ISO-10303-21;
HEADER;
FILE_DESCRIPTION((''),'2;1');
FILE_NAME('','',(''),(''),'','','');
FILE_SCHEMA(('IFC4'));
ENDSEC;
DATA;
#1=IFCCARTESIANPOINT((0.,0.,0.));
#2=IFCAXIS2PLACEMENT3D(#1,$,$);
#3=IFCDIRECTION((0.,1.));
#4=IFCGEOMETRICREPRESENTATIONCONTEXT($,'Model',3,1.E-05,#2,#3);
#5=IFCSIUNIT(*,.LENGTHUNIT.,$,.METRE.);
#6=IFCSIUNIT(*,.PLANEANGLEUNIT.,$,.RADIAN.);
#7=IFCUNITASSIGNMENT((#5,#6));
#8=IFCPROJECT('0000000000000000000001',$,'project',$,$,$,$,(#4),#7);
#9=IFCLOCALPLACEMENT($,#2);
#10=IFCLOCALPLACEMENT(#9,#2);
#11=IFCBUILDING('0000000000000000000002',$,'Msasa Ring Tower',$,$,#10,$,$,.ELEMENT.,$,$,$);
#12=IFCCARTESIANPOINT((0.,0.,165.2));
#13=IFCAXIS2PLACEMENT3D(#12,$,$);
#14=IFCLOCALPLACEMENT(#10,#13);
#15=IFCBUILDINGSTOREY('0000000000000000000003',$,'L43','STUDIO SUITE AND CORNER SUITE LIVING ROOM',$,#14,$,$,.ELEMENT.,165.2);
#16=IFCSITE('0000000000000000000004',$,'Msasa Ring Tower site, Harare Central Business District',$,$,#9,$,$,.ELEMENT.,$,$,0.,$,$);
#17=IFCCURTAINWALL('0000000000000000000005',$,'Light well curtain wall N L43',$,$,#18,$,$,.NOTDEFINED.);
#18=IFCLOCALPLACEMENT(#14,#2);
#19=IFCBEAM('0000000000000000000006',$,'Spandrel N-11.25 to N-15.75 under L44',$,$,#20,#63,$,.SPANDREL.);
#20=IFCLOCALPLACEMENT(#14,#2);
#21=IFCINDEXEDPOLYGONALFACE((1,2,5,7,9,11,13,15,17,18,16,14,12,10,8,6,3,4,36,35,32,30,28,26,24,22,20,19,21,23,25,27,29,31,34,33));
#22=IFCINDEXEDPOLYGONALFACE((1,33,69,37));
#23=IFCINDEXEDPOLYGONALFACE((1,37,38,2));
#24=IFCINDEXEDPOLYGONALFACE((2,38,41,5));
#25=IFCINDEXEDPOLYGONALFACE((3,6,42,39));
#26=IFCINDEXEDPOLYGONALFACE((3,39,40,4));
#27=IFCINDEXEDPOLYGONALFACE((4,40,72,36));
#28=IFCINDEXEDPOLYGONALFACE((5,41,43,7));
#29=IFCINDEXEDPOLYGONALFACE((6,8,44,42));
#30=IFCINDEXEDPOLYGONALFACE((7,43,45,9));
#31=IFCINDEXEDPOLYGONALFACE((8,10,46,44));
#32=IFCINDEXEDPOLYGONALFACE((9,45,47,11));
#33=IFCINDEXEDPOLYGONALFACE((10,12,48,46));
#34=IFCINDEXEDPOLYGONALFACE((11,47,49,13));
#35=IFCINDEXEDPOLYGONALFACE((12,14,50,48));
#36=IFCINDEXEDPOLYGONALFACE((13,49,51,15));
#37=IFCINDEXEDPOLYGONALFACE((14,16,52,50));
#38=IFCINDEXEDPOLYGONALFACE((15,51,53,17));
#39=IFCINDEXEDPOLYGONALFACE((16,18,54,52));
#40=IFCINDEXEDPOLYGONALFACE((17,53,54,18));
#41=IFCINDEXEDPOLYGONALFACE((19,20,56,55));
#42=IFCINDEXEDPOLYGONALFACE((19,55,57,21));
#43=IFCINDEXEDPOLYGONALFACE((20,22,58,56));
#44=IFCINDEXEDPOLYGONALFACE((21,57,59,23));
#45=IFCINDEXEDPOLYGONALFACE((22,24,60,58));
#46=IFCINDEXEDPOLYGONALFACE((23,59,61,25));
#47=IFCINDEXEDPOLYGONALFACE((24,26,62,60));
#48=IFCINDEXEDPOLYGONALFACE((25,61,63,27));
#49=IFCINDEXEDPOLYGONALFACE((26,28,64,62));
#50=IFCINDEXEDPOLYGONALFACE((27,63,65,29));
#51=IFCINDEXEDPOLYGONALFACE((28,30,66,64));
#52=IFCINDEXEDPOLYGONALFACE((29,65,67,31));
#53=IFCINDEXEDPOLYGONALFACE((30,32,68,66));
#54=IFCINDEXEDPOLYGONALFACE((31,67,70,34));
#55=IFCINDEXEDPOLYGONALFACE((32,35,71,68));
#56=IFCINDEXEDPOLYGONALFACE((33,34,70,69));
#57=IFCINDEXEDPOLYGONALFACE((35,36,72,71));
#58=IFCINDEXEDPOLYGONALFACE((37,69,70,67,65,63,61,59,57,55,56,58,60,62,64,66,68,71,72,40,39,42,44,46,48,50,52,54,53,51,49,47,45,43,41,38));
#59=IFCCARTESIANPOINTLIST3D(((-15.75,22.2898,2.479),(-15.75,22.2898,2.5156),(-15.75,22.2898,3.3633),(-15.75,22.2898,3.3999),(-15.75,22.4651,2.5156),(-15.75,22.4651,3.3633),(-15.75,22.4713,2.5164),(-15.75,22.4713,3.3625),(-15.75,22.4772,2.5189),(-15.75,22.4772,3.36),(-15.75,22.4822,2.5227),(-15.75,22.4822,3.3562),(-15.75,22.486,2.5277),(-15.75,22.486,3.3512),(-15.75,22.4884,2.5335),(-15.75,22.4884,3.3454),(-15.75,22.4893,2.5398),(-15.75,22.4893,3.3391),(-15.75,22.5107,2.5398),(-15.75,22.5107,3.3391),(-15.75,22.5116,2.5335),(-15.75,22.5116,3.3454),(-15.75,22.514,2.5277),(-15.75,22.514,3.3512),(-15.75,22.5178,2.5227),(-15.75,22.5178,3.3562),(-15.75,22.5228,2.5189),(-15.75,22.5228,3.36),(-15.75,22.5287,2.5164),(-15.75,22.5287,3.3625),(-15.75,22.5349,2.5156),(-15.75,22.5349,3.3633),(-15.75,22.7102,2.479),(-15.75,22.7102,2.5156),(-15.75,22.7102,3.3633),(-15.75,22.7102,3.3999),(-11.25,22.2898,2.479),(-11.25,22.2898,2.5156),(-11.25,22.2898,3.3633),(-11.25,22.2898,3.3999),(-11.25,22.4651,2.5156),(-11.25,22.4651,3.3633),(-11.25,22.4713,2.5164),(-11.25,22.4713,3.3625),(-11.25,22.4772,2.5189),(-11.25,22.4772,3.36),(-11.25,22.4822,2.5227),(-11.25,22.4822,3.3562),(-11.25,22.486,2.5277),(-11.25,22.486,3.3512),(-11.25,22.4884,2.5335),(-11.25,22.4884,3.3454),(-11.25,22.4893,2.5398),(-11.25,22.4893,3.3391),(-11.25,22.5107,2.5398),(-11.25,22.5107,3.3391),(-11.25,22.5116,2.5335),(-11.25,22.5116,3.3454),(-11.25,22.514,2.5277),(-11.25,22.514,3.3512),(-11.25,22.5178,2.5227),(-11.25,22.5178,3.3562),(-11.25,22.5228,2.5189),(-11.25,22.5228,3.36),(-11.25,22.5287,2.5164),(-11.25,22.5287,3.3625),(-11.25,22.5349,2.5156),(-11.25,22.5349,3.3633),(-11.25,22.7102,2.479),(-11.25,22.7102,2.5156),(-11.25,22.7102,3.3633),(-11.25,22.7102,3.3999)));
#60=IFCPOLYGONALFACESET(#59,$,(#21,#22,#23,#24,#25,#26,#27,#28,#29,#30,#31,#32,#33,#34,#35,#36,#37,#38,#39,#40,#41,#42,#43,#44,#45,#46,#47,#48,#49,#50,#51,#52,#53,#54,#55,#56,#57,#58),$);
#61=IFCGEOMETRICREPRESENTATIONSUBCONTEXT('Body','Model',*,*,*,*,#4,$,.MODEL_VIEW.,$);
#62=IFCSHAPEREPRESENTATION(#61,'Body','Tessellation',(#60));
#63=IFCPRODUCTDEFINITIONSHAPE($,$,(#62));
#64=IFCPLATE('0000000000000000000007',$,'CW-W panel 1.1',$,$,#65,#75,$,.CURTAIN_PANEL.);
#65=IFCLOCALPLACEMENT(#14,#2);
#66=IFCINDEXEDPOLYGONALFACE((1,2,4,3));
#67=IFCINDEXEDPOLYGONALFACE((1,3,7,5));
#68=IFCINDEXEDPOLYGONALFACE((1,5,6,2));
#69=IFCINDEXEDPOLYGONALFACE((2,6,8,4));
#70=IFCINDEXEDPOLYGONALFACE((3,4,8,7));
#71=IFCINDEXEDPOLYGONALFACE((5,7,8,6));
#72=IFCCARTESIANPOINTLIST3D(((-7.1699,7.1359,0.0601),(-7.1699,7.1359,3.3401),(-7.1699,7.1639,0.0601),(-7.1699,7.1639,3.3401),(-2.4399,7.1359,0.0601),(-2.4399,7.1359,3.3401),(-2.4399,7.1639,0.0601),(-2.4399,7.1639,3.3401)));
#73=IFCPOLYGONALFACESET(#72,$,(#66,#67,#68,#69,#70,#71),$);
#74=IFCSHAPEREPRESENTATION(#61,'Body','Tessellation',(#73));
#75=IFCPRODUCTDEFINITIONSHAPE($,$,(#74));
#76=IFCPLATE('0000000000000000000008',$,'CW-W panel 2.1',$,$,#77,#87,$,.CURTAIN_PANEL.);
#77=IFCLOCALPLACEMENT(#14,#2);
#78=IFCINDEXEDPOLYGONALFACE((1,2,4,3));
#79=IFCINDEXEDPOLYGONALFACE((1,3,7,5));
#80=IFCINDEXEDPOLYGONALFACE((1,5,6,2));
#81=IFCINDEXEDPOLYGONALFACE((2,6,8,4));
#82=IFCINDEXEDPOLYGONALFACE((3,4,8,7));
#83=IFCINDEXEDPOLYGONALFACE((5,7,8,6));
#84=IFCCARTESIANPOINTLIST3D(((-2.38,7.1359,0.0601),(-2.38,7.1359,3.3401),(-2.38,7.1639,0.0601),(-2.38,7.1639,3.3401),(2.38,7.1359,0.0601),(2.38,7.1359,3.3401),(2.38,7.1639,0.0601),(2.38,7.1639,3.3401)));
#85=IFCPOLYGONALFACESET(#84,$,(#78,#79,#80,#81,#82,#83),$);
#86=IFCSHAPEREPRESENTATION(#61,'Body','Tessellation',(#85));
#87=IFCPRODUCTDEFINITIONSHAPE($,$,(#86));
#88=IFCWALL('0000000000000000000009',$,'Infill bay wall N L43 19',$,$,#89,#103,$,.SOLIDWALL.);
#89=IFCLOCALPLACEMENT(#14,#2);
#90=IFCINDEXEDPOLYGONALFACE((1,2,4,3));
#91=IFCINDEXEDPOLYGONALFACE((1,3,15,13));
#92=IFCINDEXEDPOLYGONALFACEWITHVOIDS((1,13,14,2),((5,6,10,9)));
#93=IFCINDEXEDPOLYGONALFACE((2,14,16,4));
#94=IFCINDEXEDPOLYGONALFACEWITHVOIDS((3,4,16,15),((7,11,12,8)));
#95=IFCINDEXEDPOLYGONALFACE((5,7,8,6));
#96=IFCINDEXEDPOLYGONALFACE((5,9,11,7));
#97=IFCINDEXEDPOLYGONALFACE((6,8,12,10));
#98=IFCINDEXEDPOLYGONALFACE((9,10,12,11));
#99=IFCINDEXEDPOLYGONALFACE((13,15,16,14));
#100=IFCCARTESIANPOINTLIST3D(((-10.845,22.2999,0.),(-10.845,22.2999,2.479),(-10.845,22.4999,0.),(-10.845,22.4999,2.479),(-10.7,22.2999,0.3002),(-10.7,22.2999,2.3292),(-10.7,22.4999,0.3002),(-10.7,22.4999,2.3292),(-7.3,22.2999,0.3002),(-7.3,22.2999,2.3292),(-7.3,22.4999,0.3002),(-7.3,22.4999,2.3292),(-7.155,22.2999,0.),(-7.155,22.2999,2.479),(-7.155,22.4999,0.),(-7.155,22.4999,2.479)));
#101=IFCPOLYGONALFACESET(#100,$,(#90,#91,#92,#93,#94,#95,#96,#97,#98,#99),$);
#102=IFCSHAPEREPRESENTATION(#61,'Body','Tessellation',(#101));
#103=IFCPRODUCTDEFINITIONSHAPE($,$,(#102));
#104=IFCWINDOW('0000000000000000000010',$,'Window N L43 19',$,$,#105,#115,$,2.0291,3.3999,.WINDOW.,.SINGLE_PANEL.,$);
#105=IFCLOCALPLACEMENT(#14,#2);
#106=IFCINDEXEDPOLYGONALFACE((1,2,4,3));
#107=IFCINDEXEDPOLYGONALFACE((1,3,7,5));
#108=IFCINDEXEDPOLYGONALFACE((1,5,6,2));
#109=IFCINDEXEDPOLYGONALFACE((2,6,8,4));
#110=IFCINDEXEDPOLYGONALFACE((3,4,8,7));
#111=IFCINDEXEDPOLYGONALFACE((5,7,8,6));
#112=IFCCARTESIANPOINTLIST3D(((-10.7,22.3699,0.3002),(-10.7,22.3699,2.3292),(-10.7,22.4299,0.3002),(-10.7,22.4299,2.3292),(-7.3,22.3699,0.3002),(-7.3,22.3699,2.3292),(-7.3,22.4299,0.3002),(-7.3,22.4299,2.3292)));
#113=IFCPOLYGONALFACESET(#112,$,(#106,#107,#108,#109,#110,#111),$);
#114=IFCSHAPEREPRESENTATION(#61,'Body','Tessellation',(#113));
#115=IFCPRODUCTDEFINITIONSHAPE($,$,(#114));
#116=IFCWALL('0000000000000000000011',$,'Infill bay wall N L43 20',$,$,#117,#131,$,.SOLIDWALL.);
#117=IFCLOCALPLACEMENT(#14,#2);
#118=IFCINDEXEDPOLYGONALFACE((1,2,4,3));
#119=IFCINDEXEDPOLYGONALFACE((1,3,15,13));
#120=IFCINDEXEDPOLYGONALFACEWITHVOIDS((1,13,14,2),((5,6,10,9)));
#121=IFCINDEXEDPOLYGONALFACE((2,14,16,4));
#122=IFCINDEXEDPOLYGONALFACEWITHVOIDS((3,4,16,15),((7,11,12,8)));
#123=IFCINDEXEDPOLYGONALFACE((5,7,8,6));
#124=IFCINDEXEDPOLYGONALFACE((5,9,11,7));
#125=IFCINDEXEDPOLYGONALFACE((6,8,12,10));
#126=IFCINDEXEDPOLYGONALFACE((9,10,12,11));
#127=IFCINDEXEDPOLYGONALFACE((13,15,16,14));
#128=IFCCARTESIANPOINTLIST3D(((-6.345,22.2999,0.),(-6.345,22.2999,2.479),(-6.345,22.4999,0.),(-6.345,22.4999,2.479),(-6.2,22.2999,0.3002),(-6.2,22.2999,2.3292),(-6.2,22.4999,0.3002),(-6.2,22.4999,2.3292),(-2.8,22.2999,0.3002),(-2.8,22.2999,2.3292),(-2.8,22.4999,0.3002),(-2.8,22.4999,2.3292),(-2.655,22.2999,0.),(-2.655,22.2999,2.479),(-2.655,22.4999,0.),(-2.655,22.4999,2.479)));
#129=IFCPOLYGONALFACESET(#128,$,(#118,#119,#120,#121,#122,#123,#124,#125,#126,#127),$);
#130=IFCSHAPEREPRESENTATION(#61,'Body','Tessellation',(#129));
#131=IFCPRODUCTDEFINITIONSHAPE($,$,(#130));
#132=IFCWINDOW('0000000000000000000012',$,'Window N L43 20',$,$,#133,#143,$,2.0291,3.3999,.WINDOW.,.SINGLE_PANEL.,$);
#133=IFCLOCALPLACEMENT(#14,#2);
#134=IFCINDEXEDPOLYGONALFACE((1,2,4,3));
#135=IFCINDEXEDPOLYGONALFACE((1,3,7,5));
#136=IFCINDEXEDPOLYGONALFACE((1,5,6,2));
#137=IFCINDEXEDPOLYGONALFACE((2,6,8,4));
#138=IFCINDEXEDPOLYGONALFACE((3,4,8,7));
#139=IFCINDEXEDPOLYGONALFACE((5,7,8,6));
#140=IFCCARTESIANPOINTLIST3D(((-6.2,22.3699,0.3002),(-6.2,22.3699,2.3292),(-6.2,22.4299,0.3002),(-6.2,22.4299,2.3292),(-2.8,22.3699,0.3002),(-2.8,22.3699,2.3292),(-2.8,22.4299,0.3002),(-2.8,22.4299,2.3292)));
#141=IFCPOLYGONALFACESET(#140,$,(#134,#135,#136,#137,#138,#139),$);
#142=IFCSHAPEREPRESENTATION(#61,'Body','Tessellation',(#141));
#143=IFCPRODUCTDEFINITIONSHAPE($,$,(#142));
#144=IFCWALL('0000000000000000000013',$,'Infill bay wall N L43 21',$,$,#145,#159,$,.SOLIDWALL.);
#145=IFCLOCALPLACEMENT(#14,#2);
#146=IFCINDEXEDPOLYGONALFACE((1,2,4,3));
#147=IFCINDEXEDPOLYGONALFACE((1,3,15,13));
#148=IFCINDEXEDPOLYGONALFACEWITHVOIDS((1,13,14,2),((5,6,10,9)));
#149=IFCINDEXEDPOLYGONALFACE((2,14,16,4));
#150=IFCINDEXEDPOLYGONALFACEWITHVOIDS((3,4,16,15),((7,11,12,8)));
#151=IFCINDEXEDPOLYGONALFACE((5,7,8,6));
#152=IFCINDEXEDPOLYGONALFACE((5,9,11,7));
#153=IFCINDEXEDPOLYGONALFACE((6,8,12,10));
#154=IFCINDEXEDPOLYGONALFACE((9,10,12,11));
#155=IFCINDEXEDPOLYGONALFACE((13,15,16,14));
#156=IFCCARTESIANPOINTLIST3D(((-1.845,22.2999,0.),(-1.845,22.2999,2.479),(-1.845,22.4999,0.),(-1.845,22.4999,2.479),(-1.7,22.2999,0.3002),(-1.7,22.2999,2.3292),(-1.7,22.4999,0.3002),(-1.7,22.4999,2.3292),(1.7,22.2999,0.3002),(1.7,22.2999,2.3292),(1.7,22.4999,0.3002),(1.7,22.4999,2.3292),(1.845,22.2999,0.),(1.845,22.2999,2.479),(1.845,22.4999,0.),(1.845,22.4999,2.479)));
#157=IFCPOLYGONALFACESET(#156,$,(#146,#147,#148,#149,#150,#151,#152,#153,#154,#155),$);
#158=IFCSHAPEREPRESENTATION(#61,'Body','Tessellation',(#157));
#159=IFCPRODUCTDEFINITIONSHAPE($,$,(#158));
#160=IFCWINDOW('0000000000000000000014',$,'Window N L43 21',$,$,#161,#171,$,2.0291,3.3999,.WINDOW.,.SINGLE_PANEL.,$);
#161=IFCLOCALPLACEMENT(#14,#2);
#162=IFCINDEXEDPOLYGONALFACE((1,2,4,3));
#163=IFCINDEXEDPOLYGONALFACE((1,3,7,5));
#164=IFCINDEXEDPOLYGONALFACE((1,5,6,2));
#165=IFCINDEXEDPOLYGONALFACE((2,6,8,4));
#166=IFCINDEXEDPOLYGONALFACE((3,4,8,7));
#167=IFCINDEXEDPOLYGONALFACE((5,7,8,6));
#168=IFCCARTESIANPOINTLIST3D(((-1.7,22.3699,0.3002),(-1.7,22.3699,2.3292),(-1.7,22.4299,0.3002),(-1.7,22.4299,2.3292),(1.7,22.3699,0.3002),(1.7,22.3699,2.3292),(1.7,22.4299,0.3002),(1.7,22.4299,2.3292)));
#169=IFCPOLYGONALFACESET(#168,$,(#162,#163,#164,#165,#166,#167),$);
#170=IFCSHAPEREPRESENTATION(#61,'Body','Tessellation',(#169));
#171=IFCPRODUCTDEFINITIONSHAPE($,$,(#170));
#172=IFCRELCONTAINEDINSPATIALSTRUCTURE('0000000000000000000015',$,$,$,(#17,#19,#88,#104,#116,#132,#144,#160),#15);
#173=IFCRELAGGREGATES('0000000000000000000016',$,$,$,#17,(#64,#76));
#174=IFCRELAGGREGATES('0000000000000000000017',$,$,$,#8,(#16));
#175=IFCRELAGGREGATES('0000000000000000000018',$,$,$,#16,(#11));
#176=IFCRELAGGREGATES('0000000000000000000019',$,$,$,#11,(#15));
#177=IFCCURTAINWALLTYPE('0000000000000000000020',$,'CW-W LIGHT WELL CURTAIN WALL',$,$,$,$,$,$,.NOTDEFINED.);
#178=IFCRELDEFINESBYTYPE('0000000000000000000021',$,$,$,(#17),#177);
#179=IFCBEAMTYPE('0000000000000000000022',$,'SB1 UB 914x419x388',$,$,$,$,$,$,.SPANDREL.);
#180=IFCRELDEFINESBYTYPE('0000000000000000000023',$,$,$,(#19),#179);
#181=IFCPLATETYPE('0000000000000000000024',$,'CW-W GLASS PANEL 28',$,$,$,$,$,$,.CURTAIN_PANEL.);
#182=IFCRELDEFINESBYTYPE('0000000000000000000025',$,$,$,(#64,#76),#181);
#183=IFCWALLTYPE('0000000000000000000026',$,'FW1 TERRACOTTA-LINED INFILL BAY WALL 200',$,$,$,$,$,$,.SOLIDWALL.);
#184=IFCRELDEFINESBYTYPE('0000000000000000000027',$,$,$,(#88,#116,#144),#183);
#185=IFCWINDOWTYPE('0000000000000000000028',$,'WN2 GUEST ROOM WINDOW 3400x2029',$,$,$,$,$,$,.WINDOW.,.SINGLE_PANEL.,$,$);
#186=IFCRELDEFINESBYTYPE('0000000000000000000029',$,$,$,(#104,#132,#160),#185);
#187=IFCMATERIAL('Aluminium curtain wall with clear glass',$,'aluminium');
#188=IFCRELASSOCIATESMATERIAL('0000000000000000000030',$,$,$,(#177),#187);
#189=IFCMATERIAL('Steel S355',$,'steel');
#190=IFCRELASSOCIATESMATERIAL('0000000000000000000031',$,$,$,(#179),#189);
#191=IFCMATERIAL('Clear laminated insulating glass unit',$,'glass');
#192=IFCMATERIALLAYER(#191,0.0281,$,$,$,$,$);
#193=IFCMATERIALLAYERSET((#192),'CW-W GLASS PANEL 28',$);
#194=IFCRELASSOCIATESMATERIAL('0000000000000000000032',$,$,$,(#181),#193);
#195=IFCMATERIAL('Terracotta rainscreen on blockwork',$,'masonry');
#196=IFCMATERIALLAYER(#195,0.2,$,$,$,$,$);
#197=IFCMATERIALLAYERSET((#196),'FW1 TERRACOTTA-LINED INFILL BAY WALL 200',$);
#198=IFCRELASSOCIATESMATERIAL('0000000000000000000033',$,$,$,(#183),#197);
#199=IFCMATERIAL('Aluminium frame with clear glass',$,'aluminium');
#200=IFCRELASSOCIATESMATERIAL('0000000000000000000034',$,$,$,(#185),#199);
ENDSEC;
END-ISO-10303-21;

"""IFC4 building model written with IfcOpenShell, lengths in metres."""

from ifc_helpers import new_model, si_unit, direction, frame, frame_2d, origin, origin_2d, place, context, subcontext, project, spatial, rectangle, i_section, extrude, material, layer, layer_set, material_profile, profile_set, type_object, element, fill, aggregate, save


model = new_model("IFC4")

# Units and contexts
model_context = context("Model", 3, precision=1e-05, world=origin(), true_north=direction((0.0, 1.0)))
body_context = subcontext(model_context, "Body", "Model", "MODEL_VIEW")
ifc_project = project(units=[si_unit("LENGTHUNIT", "METRE"), si_unit("PLANEANGLEUNIT", "RADIAN")], contexts=[model_context])

# Site, building, storey
site_placement = place(None, origin())
site = spatial("IfcSite", under=ifc_project, at=site_placement, Name="Msasa Ring Tower site, Harare Central Business District", CompositionType="ELEMENT", RefElevation=0.0)
building_placement = place(site_placement, origin())
building = spatial("IfcBuilding", under=site, at=building_placement, Name="Msasa Ring Tower", CompositionType="ELEMENT")
storey_placement = place(building_placement, frame((0.0, 0.0, 165.2)))
storey = spatial("IfcBuildingStorey", under=building, at=storey_placement, Name="L43", Description="STUDIO SUITE AND CORNER SUITE LIVING ROOM", CompositionType="ELEMENT", Elevation=165.2)

# Curtain wall
ifc_material_1 = material(Name="Aluminium curtain wall with clear glass", Category="aluminium")
curtain_wall_type = type_object("IfcCurtainWallType", Name="CW-W LIGHT WELL CURTAIN WALL", PredefinedType="NOTDEFINED", material=ifc_material_1)
curtain_wall_placement = place(storey_placement, origin())
curtain_wall = element("IfcCurtainWall", 1, at=curtain_wall_placement, inside=storey, type_object=curtain_wall_type, Name="Light well curtain wall N L43", PredefinedType="NOTDEFINED")

# Beam
ifc_material_2 = material(Name="Steel S355", Category="steel")
ifc_material_profile_1 = material_profile(ifc_material_2, i_section(OverallWidth=0.4204, OverallDepth=0.9209, WebThickness=0.0215, FlangeThickness=0.0366, FilletRadius=0.0242, at=origin_2d()), Name="UB 914x419x388")
ifc_profile_set_1 = profile_set([ifc_material_profile_1], Name="Steel S355")
beam_type_1 = type_object("IfcBeamType", Name="SB1 UB 914x419x388", PredefinedType="SPANDREL", material=ifc_profile_set_1)
for number, where, z_axis, x_axis, name in (
    (2, (-11.25, 22.5, 2.9395), (-1.0, 0.0, 0.0), (0.0, -1.0, 0.0), "Spandrel N-11.25 to N-15.75 under L44"),
):
    element("IfcBeam", number, at=place(storey_placement, frame(where, z_axis=z_axis, x_axis=x_axis)), inside=storey, type_object=beam_type_1, Name=name, PredefinedType="SPANDREL", context=body_context, shape_type="SweptSolid", body=[
        extrude(i_section(OverallWidth=0.4204, OverallDepth=0.9209, WebThickness=0.0215, FlangeThickness=0.0366, FilletRadius=0.0242, at=origin_2d()), origin(), (0.0, 0.0, 1.0), 4.5),
    ])

# Plates
ifc_material_3 = material(Name="Clear laminated insulating glass unit", Category="glass")
ifc_layer_1 = layer(ifc_material_3, 0.0281)
ifc_layer_set_1 = layer_set([ifc_layer_1], Name="CW-W GLASS PANEL 28")
plate_type = type_object("IfcPlateType", Name="CW-W GLASS PANEL 28", PredefinedType="CURTAIN_PANEL", material=ifc_layer_set_1)
plate_1_placement = place(storey_placement, frame((-4.8049, 7.1499, 0.0601), z_axis=(0.0, 0.0, 1.0), x_axis=(1.0, 0.0, 0.0)))
plate_1 = element("IfcPlate", 3, at=plate_1_placement, type_object=plate_type, Name="CW-W panel 1.1", PredefinedType="CURTAIN_PANEL", context=body_context, shape_type="SweptSolid", body=[
    extrude(rectangle(XDim=4.73, YDim=0.0281, at=origin_2d()), origin(), (0.0, 0.0, 1.0), 3.28),
])
plate_2_placement = place(storey_placement, frame((0.0, 7.1499, 0.0601), z_axis=(0.0, 0.0, 1.0), x_axis=(1.0, 0.0, 0.0)))
plate_2 = element("IfcPlate", 4, at=plate_2_placement, type_object=plate_type, Name="CW-W panel 2.1", PredefinedType="CURTAIN_PANEL", context=body_context, shape_type="SweptSolid", body=[
    extrude(rectangle(XDim=4.76, YDim=0.0281, at=origin_2d()), origin(), (0.0, 0.0, 1.0), 3.28),
])
aggregate(curtain_wall, [plate_1, plate_2])

# Walls, openings, windows
ifc_material_4 = material(Name="Terracotta rainscreen on blockwork", Category="masonry")
ifc_layer_2 = layer(ifc_material_4, 0.2)
ifc_layer_set_2 = layer_set([ifc_layer_2], Name="FW1 TERRACOTTA-LINED INFILL BAY WALL 200")
wall_type_1 = type_object("IfcWallType", Name="FW1 TERRACOTTA-LINED INFILL BAY WALL 200", PredefinedType="SOLIDWALL", material=ifc_layer_set_2)
wall_1_placement = place(storey_placement, frame((-10.845, 22.3999, 0.0), z_axis=(0.0, 0.0, 1.0), x_axis=(1.0, 0.0, 0.0)))
wall_1 = element("IfcWall", 5, at=wall_1_placement, inside=storey, type_object=wall_type_1, Name="Infill bay wall N L43 19", PredefinedType="SOLIDWALL", context=body_context, shape_type="SweptSolid", body=[
    extrude(rectangle(XDim=3.6899, YDim=0.2, at=frame_2d((1.845, 0.0))), origin(), (0.0, 0.0, 1.0), 2.479),
])
opening_1_placement = place(wall_1_placement, frame((0.145, 0.0, 0.3)))
opening_1 = element("IfcOpeningElement", 6, at=opening_1_placement, cuts=wall_1, PredefinedType="OPENING", context=body_context, shape_type="SweptSolid", body=[
    extrude(rectangle(XDim=3.3999, YDim=2.0291, at=frame_2d((1.7, 1.0146))), frame((0.0, 0.1099, 0.0), z_axis=(0.0, -1.0, 0.0), x_axis=(1.0, 0.0, 0.0)), (0.0, 0.0, 1.0), 0.22),
])
ifc_material_5 = material(Name="Aluminium frame with clear glass", Category="aluminium")
window_type = type_object("IfcWindowType", Name="WN2 GUEST ROOM WINDOW 3400x2029", PartitioningType="SINGLE_PANEL", PredefinedType="WINDOW", material=ifc_material_5)
window_1_placement = place(opening_1_placement, origin())
window_1 = element("IfcWindow", 7, at=window_1_placement, inside=storey, type_object=window_type, Name="Window N L43 19", OverallHeight=2.0291, OverallWidth=3.3999, PartitioningType="SINGLE_PANEL", PredefinedType="WINDOW", context=body_context, shape_type="SweptSolid", body=[
    extrude(rectangle(XDim=3.3999, YDim=2.0291, at=frame_2d((1.7, 1.0146))), frame((0.0, 0.03, 0.0), z_axis=(0.0, -1.0, 0.0), x_axis=(1.0, 0.0, 0.0)), (0.0, 0.0, 1.0), 0.0601),
])
fill(opening_1, window_1)
wall_2_placement = place(storey_placement, frame((-6.345, 22.3999, 0.0), z_axis=(0.0, 0.0, 1.0), x_axis=(1.0, 0.0, 0.0)))
wall_2 = element("IfcWall", 8, at=wall_2_placement, inside=storey, type_object=wall_type_1, Name="Infill bay wall N L43 20", PredefinedType="SOLIDWALL", context=body_context, shape_type="SweptSolid", body=[
    extrude(rectangle(XDim=3.6899, YDim=0.2, at=frame_2d((1.845, 0.0))), origin(), (0.0, 0.0, 1.0), 2.479),
])
opening_2_placement = place(wall_2_placement, frame((0.145, 0.0, 0.3)))
opening_2 = element("IfcOpeningElement", 9, at=opening_2_placement, cuts=wall_2, PredefinedType="OPENING", context=body_context, shape_type="SweptSolid", body=[
    extrude(rectangle(XDim=3.3999, YDim=2.0291, at=frame_2d((1.7, 1.0146))), frame((0.0, 0.1099, 0.0), z_axis=(0.0, -1.0, 0.0), x_axis=(1.0, 0.0, 0.0)), (0.0, 0.0, 1.0), 0.22),
])
window_2_placement = place(opening_2_placement, origin())
window_2 = element("IfcWindow", 10, at=window_2_placement, inside=storey, type_object=window_type, Name="Window N L43 20", OverallHeight=2.0291, OverallWidth=3.3999, PartitioningType="SINGLE_PANEL", PredefinedType="WINDOW", context=body_context, shape_type="SweptSolid", body=[
    extrude(rectangle(XDim=3.3999, YDim=2.0291, at=frame_2d((1.7, 1.0146))), frame((0.0, 0.03, 0.0), z_axis=(0.0, -1.0, 0.0), x_axis=(1.0, 0.0, 0.0)), (0.0, 0.0, 1.0), 0.0601),
])
fill(opening_2, window_2)
wall_3_placement = place(storey_placement, frame((-1.845, 22.3999, 0.0), z_axis=(0.0, 0.0, 1.0), x_axis=(1.0, 0.0, 0.0)))
wall_3 = element("IfcWall", 11, at=wall_3_placement, inside=storey, type_object=wall_type_1, Name="Infill bay wall N L43 21", PredefinedType="SOLIDWALL", context=body_context, shape_type="SweptSolid", body=[
    extrude(rectangle(XDim=3.6899, YDim=0.2, at=frame_2d((1.845, 0.0))), origin(), (0.0, 0.0, 1.0), 2.479),
])
opening_3_placement = place(wall_3_placement, frame((0.145, 0.0, 0.3)))
opening_3 = element("IfcOpeningElement", 12, at=opening_3_placement, cuts=wall_3, PredefinedType="OPENING", context=body_context, shape_type="SweptSolid", body=[
    extrude(rectangle(XDim=3.3999, YDim=2.0291, at=frame_2d((1.7, 1.0146))), frame((0.0, 0.1099, 0.0), z_axis=(0.0, -1.0, 0.0), x_axis=(1.0, 0.0, 0.0)), (0.0, 0.0, 1.0), 0.22),
])
window_3_placement = place(opening_3_placement, origin())
window_3 = element("IfcWindow", 13, at=window_3_placement, inside=storey, type_object=window_type, Name="Window N L43 21", OverallHeight=2.0291, OverallWidth=3.3999, PartitioningType="SINGLE_PANEL", PredefinedType="WINDOW", context=body_context, shape_type="SweptSolid", body=[
    extrude(rectangle(XDim=3.3999, YDim=2.0291, at=frame_2d((1.7, 1.0146))), frame((0.0, 0.03, 0.0), z_axis=(0.0, -1.0, 0.0), x_axis=(1.0, 0.0, 0.0)), (0.0, 0.0, 1.0), 0.0601),
])
fill(opening_3, window_3)

save(model, "model.ifc")
